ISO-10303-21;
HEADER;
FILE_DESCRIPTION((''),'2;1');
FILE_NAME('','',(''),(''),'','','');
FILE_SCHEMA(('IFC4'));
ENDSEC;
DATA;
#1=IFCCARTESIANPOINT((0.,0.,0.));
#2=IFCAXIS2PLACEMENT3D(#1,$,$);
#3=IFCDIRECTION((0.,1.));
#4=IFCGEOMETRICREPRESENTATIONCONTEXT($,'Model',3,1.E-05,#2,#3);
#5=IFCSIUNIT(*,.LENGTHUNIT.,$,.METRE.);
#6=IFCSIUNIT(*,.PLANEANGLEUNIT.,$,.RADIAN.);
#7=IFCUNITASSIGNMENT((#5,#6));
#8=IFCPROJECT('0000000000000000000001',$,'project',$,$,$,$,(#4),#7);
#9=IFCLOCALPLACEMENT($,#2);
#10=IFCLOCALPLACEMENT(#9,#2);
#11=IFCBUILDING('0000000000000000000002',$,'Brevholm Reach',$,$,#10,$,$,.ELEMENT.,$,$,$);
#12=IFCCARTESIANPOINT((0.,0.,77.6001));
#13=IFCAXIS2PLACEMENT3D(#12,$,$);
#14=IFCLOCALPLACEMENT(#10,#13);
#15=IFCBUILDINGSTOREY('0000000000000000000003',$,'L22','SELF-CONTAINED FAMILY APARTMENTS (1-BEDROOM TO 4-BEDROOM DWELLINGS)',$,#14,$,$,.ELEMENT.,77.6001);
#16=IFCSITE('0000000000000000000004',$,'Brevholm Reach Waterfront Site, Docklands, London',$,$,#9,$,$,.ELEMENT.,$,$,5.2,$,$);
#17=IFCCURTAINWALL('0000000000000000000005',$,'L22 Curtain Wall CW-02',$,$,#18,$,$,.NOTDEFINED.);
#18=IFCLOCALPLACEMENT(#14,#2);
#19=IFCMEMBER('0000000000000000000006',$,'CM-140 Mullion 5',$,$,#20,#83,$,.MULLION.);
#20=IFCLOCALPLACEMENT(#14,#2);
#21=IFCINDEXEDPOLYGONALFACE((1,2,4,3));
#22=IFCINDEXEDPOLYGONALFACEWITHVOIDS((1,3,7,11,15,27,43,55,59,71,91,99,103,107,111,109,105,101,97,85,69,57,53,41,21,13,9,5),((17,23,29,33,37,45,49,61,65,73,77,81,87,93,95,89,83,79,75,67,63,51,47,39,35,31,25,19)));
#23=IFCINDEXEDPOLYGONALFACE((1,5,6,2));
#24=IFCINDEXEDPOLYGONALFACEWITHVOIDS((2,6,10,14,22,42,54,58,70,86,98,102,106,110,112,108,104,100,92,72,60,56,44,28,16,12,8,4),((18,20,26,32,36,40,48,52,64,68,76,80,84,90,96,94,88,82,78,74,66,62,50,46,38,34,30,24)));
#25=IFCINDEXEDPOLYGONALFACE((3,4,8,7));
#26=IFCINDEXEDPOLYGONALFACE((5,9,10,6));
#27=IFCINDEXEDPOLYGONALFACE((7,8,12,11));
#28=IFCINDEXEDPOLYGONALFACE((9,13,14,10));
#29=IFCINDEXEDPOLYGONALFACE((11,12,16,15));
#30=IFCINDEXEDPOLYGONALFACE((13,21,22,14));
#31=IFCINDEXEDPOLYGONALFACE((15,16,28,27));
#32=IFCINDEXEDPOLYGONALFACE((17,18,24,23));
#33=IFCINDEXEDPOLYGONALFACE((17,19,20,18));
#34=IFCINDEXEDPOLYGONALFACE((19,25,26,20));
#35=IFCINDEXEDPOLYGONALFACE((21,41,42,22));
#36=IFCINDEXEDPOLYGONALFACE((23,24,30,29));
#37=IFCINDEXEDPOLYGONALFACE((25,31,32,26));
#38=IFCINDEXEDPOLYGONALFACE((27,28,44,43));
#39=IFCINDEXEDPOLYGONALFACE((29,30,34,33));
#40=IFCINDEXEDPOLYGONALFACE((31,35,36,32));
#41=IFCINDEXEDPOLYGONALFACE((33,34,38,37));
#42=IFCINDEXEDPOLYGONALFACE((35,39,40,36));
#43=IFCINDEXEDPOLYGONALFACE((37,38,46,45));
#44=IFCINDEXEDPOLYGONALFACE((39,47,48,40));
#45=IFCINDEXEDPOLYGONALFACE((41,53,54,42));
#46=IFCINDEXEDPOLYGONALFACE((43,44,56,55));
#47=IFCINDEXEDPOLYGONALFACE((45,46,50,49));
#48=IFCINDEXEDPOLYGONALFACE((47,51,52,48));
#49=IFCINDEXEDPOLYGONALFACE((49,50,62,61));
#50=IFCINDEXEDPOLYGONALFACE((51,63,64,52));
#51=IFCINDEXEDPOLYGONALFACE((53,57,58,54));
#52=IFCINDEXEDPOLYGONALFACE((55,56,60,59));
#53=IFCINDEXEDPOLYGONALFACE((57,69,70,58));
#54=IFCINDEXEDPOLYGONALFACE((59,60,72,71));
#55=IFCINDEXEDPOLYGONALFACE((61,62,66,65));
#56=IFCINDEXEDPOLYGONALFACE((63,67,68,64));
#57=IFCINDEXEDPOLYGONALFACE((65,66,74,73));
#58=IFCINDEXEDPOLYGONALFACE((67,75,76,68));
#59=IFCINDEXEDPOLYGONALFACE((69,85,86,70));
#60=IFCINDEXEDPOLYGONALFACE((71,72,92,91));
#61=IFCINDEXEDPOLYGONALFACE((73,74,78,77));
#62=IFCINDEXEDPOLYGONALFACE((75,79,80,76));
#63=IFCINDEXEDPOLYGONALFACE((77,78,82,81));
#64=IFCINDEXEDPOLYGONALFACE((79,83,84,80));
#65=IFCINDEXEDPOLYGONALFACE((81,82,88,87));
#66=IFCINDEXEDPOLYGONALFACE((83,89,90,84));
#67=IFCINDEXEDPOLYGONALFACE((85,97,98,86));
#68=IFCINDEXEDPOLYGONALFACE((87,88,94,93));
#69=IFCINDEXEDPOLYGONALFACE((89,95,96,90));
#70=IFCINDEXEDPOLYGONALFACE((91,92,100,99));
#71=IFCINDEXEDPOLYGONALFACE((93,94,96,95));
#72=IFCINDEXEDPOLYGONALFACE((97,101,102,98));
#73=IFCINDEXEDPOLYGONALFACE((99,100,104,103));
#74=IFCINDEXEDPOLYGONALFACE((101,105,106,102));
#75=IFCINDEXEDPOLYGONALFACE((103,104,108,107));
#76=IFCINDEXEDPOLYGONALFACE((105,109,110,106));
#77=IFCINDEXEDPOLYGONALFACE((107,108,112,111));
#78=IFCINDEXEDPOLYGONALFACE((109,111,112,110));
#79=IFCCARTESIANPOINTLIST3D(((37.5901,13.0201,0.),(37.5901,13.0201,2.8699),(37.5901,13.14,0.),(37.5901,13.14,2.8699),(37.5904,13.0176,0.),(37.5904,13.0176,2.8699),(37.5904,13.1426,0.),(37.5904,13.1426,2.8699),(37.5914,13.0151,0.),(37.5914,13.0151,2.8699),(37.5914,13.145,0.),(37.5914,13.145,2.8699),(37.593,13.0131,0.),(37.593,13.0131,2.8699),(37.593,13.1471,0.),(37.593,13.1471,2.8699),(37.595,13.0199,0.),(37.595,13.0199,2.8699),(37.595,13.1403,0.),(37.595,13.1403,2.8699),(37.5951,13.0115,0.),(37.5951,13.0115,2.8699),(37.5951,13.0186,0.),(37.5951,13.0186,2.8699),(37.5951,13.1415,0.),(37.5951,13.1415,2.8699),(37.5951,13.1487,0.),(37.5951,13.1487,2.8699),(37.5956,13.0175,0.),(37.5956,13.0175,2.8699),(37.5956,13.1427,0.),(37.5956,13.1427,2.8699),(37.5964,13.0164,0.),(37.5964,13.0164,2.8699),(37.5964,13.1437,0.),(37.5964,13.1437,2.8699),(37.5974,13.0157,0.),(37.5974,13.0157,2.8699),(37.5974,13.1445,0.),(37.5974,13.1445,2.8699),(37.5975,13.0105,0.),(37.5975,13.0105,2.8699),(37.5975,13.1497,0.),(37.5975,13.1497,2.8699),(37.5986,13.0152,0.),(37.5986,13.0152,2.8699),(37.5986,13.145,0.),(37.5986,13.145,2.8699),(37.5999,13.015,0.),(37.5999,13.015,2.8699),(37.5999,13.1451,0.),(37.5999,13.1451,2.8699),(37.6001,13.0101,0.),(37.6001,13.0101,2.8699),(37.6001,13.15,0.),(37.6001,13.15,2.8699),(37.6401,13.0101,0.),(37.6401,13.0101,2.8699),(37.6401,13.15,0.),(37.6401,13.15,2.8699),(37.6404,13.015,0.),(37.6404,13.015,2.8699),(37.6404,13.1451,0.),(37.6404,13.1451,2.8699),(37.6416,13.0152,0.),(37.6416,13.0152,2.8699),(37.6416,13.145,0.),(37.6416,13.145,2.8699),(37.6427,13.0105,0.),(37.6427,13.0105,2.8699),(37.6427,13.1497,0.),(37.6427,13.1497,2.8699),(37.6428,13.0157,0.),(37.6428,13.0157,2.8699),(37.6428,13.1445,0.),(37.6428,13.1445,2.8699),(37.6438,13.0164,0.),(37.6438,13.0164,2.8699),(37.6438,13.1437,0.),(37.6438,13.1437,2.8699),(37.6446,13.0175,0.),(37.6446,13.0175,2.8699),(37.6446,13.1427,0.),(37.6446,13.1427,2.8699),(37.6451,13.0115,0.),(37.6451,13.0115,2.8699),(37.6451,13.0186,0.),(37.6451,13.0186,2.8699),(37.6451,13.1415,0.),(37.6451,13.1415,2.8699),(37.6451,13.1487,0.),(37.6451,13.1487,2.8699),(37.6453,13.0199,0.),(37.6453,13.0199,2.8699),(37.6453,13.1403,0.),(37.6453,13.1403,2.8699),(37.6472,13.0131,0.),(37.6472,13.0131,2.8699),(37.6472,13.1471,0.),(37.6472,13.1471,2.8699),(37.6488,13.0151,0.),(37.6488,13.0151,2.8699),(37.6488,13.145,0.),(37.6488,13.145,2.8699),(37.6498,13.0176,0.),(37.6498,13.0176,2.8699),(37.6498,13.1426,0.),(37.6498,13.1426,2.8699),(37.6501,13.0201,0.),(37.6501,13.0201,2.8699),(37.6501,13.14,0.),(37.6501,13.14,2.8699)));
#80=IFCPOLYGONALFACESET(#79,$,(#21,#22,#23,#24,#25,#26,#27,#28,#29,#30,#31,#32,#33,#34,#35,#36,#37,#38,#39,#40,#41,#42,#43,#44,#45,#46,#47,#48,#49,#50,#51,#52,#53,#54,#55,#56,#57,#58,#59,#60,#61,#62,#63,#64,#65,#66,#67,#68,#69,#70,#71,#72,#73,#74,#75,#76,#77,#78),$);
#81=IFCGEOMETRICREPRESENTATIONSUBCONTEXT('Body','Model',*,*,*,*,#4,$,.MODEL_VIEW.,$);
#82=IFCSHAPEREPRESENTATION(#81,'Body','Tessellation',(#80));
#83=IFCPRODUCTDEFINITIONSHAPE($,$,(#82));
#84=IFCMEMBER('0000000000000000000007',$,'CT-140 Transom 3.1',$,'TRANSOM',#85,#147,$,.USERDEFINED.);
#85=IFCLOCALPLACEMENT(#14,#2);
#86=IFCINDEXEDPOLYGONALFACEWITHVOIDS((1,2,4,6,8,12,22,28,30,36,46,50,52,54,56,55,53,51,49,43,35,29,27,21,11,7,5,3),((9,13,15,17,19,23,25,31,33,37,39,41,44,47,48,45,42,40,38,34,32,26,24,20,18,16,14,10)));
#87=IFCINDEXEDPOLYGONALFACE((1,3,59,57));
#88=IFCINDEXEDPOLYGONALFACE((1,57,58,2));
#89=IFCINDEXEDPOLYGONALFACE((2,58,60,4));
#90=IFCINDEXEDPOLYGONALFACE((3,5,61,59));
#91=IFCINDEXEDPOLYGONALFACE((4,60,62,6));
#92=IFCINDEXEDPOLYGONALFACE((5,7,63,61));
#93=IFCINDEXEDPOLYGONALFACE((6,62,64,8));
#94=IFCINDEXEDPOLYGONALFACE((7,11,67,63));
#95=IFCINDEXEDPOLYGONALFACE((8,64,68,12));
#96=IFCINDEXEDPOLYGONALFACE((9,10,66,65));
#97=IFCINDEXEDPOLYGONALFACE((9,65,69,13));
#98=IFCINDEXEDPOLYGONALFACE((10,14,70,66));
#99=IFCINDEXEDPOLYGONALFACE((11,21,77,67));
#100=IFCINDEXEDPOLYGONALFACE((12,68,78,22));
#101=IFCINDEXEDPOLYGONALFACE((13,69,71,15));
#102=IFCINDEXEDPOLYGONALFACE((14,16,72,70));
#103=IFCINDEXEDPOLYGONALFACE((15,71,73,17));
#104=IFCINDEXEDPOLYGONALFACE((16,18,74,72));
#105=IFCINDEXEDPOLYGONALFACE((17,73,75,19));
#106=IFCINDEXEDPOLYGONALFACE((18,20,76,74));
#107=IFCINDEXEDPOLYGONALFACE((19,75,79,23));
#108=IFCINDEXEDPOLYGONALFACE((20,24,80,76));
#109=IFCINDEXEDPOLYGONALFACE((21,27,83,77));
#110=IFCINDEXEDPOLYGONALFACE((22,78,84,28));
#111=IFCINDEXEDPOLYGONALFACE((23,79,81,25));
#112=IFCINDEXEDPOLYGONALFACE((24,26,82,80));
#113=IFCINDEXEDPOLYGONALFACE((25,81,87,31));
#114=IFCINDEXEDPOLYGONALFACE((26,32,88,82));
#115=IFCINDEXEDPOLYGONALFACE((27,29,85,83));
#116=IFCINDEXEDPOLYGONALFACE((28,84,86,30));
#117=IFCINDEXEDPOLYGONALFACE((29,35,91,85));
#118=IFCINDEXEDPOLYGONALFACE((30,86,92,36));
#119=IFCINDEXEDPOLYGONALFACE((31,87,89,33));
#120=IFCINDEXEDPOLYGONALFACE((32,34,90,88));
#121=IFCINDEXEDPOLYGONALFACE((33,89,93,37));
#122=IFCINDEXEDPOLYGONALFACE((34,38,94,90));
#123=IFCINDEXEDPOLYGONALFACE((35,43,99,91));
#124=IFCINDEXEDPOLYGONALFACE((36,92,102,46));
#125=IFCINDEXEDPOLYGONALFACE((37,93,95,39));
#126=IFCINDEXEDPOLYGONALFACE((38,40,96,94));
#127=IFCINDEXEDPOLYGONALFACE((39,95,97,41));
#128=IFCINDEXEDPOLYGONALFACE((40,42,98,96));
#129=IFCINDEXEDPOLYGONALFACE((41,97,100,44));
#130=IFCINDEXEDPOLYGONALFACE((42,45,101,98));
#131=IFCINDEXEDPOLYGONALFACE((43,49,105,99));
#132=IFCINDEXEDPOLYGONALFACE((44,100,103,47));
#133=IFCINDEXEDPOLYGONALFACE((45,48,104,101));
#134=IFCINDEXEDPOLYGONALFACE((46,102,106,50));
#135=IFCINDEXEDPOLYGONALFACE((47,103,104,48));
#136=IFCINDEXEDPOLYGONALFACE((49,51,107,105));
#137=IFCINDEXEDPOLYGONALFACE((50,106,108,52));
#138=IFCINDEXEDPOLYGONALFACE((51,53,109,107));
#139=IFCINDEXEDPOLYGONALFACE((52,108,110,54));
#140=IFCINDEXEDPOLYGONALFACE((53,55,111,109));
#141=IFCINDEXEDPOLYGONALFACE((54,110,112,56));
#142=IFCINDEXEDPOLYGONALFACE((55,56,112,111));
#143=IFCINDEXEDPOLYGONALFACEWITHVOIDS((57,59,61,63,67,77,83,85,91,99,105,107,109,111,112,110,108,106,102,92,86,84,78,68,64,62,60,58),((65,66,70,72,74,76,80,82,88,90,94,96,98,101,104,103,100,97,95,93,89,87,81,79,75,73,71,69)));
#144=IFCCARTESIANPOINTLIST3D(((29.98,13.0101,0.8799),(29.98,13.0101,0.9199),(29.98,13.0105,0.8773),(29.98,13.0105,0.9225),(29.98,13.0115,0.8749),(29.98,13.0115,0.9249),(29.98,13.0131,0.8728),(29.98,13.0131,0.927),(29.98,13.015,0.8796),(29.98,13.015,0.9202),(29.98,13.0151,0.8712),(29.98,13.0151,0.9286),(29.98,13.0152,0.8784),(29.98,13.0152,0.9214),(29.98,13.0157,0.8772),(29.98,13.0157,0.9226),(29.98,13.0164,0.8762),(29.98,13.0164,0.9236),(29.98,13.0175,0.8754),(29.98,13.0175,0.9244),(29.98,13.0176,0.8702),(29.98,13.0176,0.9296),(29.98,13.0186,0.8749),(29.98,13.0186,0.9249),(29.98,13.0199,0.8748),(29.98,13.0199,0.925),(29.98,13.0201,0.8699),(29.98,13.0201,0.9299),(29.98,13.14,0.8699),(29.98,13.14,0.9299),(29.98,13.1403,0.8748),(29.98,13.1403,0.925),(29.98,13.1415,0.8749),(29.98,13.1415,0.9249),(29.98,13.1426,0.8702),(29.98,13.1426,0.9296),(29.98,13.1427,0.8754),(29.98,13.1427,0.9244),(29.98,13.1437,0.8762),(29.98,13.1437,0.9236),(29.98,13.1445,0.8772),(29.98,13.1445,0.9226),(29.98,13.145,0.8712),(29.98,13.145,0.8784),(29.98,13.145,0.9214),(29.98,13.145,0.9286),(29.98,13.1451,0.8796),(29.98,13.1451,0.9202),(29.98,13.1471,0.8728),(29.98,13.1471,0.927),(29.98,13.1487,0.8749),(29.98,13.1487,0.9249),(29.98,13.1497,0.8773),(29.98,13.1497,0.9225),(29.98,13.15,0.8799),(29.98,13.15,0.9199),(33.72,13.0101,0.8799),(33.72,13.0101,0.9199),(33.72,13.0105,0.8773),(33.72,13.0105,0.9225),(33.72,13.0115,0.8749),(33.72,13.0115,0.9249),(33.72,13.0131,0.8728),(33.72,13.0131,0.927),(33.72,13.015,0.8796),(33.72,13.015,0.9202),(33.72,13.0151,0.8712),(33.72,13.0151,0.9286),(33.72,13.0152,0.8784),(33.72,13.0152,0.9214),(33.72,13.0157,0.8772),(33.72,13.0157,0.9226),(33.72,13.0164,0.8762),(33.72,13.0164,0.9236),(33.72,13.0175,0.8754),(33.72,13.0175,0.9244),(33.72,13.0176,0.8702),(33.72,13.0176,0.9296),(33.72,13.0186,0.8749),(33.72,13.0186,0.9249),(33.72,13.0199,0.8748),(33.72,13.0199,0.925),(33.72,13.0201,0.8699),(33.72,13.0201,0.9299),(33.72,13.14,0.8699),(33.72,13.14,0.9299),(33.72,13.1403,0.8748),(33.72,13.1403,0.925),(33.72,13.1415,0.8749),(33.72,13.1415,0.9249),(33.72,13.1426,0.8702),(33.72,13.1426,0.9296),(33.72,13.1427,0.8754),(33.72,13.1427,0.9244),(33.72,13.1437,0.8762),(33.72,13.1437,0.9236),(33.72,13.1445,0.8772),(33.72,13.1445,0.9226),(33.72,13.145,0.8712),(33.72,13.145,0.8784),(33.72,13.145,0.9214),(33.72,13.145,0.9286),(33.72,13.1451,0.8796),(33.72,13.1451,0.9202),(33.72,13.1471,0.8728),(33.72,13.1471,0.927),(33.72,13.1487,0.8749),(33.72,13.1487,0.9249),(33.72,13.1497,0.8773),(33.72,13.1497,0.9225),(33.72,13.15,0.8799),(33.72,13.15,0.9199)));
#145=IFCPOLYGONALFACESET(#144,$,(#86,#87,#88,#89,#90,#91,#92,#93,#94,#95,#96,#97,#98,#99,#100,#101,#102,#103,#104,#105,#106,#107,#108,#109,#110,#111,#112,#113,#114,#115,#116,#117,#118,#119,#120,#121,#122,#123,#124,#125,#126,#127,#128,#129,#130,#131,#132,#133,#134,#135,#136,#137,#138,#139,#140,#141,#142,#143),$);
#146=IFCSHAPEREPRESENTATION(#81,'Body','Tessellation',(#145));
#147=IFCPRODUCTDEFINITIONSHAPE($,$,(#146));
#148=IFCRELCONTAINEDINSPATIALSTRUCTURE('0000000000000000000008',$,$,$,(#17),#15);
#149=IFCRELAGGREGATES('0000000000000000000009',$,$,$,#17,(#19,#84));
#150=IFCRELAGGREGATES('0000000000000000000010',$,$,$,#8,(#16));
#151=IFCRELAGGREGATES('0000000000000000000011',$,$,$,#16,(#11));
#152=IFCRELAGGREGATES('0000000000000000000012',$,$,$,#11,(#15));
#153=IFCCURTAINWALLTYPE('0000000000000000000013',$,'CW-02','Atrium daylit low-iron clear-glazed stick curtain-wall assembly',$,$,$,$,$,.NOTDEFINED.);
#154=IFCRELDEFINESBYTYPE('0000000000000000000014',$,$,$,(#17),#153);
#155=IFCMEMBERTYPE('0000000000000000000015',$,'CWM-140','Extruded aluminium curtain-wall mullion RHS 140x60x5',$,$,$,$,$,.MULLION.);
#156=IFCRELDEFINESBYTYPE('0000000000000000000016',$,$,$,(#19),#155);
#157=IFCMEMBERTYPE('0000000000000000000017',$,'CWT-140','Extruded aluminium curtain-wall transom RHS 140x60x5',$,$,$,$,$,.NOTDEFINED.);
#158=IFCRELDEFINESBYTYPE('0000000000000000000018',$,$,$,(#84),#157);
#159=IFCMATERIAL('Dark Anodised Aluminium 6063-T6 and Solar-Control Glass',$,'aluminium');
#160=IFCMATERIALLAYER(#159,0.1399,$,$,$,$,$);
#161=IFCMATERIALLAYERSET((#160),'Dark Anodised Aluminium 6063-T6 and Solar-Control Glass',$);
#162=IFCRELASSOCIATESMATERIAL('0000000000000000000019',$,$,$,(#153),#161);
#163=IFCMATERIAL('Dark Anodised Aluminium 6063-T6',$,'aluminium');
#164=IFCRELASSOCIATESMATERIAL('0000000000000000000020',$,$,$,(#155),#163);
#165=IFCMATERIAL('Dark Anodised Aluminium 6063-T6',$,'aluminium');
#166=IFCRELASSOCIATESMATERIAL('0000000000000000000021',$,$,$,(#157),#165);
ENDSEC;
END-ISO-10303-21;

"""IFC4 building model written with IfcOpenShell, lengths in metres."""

from ifc_helpers import new_model, si_unit, direction, frame, origin, origin_2d, place, context, subcontext, project, spatial, hollow_rectangle, extrude, material, layer, layer_set, material_profile, profile_set, type_object, element, aggregate, save


model = new_model("IFC4")

# Units and contexts
model_context = context("Model", 3, precision=1e-05, world=origin(), true_north=direction((0.0, 1.0)))
body_context = subcontext(model_context, "Body", "Model", "MODEL_VIEW")
ifc_project = project(units=[si_unit("LENGTHUNIT", "METRE"), si_unit("PLANEANGLEUNIT", "RADIAN")], contexts=[model_context])

# Site, building, storey
site_placement = place(None, origin())
site = spatial("IfcSite", under=ifc_project, at=site_placement, Name="Brevholm Reach Waterfront Site, Docklands, London", CompositionType="ELEMENT", RefElevation=5.2)
building_placement = place(site_placement, origin())
building = spatial("IfcBuilding", under=site, at=building_placement, Name="Brevholm Reach", CompositionType="ELEMENT")
storey_placement = place(building_placement, frame((0.0, 0.0, 77.6001)))
storey = spatial("IfcBuildingStorey", under=building, at=storey_placement, Name="L22", Description="SELF-CONTAINED FAMILY APARTMENTS (1-BEDROOM TO 4-BEDROOM DWELLINGS)", CompositionType="ELEMENT", Elevation=77.6001)

# Curtain wall, members
ifc_material_1 = material(Name="Dark Anodised Aluminium 6063-T6 and Solar-Control Glass", Category="aluminium")
ifc_layer_1 = layer(ifc_material_1, 0.1399)
ifc_layer_set_1 = layer_set([ifc_layer_1], Name="Dark Anodised Aluminium 6063-T6 and Solar-Control Glass")
curtain_wall_type = type_object("IfcCurtainWallType", Name="CW-02", Description="Atrium daylit low-iron clear-glazed stick curtain-wall assembly", PredefinedType="NOTDEFINED", material=ifc_layer_set_1)
curtain_wall_placement = place(storey_placement, origin())
curtain_wall = element("IfcCurtainWall", 1, at=curtain_wall_placement, inside=storey, type_object=curtain_wall_type, Name="L22 Curtain Wall CW-02", PredefinedType="NOTDEFINED")
ifc_material_2 = material(Name="Dark Anodised Aluminium 6063-T6", Category="aluminium")
ifc_material_profile_1 = material_profile(ifc_material_2, hollow_rectangle(XDim=0.0601, YDim=0.1399, WallThickness=0.0049, InnerFilletRadius=0.0049, OuterFilletRadius=0.01, at=origin_2d()), Name="RHS 140x60x5")
ifc_profile_set_1 = profile_set([ifc_material_profile_1], Name="Dark Anodised Aluminium 6063-T6")
member_type_1 = type_object("IfcMemberType", Name="CWM-140", Description="Extruded aluminium curtain-wall mullion RHS 140x60x5", PredefinedType="MULLION", material=ifc_profile_set_1)
member_1_placement = place(storey_placement, frame((37.6201, 13.0801, 0.0), z_axis=(0.0, 0.0, 1.0), x_axis=(1.0, 0.0, 0.0)))
member_1 = element("IfcMember", 2, at=member_1_placement, type_object=member_type_1, Name="CM-140 Mullion 5", PredefinedType="MULLION", context=body_context, shape_type="SweptSolid", body=[
    extrude(hollow_rectangle(XDim=0.0601, YDim=0.1399, WallThickness=0.0049, InnerFilletRadius=0.0049, OuterFilletRadius=0.01, at=origin_2d()), origin(), (0.0, 0.0, 1.0), 2.8699),
])
ifc_material_3 = material(Name="Dark Anodised Aluminium 6063-T6", Category="aluminium")
ifc_material_profile_2 = material_profile(ifc_material_3, hollow_rectangle(XDim=0.0601, YDim=0.1399, WallThickness=0.0049, InnerFilletRadius=0.0049, OuterFilletRadius=0.01, at=origin_2d()), Name="RHS 140x60x5")
ifc_profile_set_2 = profile_set([ifc_material_profile_2], Name="Dark Anodised Aluminium 6063-T6")
member_type_2 = type_object("IfcMemberType", Name="CWT-140", Description="Extruded aluminium curtain-wall transom RHS 140x60x5", PredefinedType="NOTDEFINED", material=ifc_profile_set_2)
member_2_placement = place(storey_placement, frame((29.98, 13.0801, 0.8999), z_axis=(1.0, 0.0, 0.0), x_axis=(0.0, 0.0, 1.0)))
member_2 = element("IfcMember", 3, at=member_2_placement, type_object=member_type_2, Name="CT-140 Transom 3.1", ObjectType="TRANSOM", PredefinedType="USERDEFINED", context=body_context, shape_type="SweptSolid", body=[
    extrude(hollow_rectangle(XDim=0.0601, YDim=0.1399, WallThickness=0.0049, InnerFilletRadius=0.0049, OuterFilletRadius=0.01, at=origin_2d()), origin(), (0.0, 0.0, 1.0), 3.74),
])
aggregate(curtain_wall, [member_1, member_2])

save(model, "model.ifc")
